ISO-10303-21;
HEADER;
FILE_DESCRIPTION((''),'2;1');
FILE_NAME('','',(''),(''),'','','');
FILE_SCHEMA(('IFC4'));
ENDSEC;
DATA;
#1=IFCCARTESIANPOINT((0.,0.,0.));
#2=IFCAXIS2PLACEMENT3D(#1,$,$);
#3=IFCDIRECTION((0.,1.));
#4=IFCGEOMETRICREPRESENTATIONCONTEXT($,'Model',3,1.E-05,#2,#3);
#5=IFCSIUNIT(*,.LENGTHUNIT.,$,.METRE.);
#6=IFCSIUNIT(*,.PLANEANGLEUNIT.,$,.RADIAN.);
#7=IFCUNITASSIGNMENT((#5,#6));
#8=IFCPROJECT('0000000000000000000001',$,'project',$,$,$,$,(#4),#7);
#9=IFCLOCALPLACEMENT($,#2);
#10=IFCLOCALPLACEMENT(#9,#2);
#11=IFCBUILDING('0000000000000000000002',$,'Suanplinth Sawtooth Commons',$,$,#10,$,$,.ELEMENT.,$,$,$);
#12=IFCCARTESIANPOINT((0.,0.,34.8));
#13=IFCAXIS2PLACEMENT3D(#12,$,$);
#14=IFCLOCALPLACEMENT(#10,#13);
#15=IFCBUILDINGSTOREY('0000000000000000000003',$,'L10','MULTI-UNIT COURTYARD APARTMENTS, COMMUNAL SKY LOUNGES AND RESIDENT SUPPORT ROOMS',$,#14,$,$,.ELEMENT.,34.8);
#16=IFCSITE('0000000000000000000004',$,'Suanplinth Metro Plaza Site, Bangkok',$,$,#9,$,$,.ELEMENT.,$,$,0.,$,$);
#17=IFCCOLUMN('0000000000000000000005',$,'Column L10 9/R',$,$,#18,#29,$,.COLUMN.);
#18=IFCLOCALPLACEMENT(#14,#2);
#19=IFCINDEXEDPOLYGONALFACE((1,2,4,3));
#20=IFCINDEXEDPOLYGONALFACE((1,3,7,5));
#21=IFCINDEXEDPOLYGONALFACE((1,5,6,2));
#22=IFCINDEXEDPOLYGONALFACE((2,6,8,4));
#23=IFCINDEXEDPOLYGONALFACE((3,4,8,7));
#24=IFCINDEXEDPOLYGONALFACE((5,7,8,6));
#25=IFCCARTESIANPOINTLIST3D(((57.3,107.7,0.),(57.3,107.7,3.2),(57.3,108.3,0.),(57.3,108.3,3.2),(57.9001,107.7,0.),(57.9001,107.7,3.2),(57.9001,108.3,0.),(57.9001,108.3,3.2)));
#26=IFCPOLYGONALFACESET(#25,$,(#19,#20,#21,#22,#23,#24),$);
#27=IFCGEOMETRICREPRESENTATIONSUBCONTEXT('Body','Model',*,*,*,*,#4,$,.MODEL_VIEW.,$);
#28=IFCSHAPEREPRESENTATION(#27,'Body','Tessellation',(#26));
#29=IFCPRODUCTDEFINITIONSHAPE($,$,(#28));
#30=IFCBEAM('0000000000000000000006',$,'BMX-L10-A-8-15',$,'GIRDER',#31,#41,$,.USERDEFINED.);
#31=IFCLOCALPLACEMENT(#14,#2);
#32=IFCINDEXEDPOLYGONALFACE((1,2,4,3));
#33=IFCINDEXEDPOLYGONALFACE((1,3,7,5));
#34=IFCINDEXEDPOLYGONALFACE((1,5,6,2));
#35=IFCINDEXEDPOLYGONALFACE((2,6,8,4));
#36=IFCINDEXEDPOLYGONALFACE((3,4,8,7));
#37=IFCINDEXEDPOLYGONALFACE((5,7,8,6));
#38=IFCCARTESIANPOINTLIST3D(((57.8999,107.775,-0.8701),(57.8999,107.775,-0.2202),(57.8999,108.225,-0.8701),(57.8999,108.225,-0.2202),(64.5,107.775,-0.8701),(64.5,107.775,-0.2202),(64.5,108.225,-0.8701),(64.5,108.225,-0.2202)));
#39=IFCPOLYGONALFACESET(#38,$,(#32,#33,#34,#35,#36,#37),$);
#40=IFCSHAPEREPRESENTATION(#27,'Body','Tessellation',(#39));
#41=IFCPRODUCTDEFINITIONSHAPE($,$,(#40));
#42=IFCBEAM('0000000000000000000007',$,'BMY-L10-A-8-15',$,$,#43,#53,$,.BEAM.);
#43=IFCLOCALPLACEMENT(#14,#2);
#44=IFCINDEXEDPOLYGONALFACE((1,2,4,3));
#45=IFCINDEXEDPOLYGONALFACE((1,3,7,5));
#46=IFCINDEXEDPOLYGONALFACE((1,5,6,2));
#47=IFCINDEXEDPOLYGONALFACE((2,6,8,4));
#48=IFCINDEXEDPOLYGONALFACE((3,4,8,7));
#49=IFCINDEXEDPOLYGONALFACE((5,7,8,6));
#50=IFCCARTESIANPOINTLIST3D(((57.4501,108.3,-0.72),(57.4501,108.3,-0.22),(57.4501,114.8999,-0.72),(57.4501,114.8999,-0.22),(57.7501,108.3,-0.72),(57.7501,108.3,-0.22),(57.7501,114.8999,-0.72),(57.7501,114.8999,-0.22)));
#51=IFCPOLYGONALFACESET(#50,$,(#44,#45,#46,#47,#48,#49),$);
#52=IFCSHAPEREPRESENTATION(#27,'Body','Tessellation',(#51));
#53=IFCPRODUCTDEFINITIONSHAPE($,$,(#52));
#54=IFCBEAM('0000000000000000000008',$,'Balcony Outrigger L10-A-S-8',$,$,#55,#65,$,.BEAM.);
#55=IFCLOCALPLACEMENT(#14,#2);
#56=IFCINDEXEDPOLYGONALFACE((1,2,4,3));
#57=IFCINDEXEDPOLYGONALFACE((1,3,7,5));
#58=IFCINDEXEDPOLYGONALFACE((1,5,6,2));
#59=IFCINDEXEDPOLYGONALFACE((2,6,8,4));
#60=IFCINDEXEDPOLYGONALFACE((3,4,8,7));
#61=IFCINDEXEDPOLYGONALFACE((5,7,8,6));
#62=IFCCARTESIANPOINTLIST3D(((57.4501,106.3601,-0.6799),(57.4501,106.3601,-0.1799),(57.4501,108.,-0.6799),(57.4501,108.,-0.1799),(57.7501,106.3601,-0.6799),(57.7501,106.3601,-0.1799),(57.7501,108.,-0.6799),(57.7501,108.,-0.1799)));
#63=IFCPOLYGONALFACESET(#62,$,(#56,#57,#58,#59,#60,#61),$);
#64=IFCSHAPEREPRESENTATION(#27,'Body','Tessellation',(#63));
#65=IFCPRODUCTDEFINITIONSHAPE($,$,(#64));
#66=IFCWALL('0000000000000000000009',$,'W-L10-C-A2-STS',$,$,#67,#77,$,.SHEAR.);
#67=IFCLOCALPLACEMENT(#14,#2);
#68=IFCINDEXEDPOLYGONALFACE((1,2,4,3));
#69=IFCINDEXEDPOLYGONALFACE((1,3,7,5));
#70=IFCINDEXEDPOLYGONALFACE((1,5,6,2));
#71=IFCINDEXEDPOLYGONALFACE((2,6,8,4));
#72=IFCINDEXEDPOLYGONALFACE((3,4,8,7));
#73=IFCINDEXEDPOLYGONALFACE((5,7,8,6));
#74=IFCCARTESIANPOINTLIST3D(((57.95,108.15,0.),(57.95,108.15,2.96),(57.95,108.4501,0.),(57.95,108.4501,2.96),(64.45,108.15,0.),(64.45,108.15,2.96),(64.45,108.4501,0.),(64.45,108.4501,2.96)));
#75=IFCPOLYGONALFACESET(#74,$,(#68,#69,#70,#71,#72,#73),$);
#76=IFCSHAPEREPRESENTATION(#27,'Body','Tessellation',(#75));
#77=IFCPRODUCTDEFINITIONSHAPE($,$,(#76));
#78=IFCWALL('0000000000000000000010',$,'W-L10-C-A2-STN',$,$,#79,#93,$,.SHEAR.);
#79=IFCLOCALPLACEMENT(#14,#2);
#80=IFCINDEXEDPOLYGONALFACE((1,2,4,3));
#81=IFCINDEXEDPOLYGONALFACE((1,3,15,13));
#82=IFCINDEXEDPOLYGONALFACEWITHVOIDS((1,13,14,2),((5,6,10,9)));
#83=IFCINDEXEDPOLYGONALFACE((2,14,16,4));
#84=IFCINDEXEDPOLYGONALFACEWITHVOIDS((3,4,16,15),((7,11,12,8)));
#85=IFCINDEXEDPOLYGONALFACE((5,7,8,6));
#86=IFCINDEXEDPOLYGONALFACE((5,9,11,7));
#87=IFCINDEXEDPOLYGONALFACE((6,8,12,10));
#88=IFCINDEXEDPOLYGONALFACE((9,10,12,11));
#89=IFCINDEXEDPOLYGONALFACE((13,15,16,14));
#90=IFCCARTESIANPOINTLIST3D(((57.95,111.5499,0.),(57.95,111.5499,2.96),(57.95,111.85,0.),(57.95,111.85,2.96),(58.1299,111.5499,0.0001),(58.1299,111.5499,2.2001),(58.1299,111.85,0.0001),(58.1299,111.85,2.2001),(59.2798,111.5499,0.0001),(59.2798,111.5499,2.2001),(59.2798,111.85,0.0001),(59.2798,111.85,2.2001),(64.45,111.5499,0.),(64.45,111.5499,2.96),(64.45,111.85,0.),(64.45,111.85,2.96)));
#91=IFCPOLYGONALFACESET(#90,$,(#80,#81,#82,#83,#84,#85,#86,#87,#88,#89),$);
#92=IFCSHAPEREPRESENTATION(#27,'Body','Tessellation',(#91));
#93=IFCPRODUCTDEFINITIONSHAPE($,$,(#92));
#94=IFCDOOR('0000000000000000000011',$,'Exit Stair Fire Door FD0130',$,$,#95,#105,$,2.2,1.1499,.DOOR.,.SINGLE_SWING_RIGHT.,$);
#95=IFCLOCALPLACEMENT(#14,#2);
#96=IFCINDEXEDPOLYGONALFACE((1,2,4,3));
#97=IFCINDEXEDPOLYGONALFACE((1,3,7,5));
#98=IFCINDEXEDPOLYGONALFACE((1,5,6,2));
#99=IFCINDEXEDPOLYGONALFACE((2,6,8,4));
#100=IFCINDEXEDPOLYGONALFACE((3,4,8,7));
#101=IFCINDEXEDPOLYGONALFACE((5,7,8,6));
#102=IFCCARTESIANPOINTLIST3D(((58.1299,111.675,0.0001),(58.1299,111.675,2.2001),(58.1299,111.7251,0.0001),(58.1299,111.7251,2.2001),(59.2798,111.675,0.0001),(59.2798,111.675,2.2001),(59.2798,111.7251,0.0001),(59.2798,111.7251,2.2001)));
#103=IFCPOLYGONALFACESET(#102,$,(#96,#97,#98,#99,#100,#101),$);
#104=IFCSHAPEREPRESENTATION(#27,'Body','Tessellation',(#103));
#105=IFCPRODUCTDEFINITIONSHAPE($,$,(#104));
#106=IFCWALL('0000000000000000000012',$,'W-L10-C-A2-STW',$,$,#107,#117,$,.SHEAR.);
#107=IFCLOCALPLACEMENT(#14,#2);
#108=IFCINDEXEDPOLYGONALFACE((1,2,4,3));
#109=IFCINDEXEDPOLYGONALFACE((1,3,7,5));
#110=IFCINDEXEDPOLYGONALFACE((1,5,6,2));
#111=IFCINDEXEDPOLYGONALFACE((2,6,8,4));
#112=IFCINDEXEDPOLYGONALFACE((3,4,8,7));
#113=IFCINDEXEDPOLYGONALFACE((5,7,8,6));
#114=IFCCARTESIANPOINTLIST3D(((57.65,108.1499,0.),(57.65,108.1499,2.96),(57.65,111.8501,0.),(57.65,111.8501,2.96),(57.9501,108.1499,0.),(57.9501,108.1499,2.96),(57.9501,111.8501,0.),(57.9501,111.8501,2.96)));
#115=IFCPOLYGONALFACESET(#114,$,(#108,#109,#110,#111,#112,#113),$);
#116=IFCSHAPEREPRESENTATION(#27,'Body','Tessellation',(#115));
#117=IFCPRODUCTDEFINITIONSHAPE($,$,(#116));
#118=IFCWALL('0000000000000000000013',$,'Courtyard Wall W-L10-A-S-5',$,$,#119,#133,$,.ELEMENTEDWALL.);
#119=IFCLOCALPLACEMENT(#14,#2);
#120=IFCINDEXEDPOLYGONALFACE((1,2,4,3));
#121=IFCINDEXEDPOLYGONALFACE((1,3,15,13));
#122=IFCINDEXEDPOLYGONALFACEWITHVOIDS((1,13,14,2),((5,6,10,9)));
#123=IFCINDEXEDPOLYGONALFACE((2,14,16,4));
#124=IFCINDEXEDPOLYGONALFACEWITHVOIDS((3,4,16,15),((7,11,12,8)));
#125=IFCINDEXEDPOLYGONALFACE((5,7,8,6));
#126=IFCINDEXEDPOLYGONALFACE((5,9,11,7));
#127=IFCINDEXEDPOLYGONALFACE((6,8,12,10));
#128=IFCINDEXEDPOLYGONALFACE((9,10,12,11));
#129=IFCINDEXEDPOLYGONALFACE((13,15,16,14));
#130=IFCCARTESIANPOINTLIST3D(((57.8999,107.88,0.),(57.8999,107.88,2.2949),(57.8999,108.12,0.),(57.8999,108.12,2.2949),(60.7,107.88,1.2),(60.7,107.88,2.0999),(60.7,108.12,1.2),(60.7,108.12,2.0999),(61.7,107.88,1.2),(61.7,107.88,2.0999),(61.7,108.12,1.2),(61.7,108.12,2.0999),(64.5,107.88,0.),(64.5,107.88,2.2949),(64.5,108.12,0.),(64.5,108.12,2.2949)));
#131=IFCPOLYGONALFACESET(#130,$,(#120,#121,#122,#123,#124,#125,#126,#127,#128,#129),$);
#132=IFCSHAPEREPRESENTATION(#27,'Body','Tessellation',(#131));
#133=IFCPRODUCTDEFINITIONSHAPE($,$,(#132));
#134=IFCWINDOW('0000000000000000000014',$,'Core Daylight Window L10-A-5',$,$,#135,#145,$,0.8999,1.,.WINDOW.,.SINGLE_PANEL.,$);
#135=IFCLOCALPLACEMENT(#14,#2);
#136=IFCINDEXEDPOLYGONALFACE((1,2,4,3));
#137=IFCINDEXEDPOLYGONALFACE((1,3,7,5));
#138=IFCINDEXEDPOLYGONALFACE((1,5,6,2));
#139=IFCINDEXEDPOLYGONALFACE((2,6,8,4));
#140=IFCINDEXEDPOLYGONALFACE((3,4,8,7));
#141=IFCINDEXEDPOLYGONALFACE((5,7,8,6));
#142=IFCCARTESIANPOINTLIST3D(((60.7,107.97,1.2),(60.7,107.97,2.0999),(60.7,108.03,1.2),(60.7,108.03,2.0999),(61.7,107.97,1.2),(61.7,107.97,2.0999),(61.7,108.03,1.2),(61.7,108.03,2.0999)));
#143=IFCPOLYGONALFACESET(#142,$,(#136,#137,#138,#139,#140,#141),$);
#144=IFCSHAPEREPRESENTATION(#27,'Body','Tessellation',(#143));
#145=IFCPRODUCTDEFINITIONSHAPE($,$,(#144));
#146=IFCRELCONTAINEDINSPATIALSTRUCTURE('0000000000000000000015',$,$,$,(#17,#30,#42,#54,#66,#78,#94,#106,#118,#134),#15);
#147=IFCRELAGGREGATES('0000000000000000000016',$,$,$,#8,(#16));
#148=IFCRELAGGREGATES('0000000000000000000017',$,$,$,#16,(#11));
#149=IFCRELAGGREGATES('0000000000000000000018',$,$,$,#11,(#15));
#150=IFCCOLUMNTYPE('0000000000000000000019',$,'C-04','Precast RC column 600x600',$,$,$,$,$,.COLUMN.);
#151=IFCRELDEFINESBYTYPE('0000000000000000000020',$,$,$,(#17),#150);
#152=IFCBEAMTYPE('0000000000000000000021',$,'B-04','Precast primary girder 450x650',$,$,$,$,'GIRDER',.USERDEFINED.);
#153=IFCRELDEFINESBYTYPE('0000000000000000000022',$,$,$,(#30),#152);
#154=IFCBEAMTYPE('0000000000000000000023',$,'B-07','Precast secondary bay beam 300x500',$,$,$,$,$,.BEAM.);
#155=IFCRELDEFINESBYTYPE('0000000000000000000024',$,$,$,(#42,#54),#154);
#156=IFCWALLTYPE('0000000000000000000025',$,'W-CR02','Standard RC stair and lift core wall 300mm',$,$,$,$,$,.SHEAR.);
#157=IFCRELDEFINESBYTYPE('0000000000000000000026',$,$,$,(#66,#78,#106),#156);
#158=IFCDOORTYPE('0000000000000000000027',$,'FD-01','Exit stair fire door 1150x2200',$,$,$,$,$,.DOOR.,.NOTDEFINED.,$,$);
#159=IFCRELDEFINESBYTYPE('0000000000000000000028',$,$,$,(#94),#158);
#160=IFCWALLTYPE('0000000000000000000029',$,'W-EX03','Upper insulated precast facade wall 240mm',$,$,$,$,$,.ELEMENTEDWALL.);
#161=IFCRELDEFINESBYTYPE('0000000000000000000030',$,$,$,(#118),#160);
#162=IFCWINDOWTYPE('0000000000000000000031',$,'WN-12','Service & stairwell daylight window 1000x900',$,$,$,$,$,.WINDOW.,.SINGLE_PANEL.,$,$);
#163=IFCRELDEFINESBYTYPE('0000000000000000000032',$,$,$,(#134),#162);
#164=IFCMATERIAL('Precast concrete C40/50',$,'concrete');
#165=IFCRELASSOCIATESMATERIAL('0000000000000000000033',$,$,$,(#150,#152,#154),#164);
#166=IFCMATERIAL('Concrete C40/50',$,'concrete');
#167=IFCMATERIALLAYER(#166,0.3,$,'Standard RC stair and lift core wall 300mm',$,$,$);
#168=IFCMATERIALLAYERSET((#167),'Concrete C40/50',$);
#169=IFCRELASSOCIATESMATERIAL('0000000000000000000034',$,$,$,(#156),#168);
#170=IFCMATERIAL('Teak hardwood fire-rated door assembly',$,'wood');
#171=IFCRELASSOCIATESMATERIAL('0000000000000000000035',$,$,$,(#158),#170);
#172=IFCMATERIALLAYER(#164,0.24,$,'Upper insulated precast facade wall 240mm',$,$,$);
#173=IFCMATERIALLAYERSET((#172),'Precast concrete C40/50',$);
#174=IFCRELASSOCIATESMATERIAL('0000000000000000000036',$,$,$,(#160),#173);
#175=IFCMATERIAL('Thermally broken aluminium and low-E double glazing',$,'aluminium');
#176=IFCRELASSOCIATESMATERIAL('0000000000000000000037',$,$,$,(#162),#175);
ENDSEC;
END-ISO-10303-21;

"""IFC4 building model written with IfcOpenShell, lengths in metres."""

from ifc_helpers import new_model, si_unit, direction, frame, frame_2d, origin, origin_2d, place, context, subcontext, project, spatial, rectangle, extrude, material, layer, layer_set, material_profile, profile_set, type_object, element, fill, save


model = new_model("IFC4")

# Units and contexts
model_context = context("Model", 3, precision=1e-05, world=origin(), true_north=direction((0.0, 1.0)))
body_context = subcontext(model_context, "Body", "Model", "MODEL_VIEW")
ifc_project = project(units=[si_unit("LENGTHUNIT", "METRE"), si_unit("PLANEANGLEUNIT", "RADIAN")], contexts=[model_context])

# Site, building, storey
site_placement = place(None, origin())
site = spatial("IfcSite", under=ifc_project, at=site_placement, Name="Suanplinth Metro Plaza Site, Bangkok", CompositionType="ELEMENT", RefElevation=0.0)
building_placement = place(site_placement, origin())
building = spatial("IfcBuilding", under=site, at=building_placement, Name="Suanplinth Sawtooth Commons", CompositionType="ELEMENT")
storey_placement = place(building_placement, frame((0.0, 0.0, 34.8)))
storey = spatial("IfcBuildingStorey", under=building, at=storey_placement, Name="L10", Description="MULTI-UNIT COURTYARD APARTMENTS, COMMUNAL SKY LOUNGES AND RESIDENT SUPPORT ROOMS", CompositionType="ELEMENT", Elevation=34.8)

# Column
ifc_material_1 = material(Name="Precast concrete C40/50", Category="concrete")
ifc_material_profile_1 = material_profile(ifc_material_1, rectangle(XDim=0.6001, YDim=0.6001, at=origin_2d()), Name="PC-COL 600x600")
ifc_profile_set_1 = profile_set([ifc_material_profile_1], Name="Precast concrete C40/50")
column_type = type_object("IfcColumnType", Name="C-04", Description="Precast RC column 600x600", PredefinedType="COLUMN", material=ifc_profile_set_1)
column_placement = place(storey_placement, frame((57.6001, 108.0, 0.0), z_axis=(0.0, 0.0, 1.0), x_axis=(1.0, 0.0, 0.0)))
element("IfcColumn", 1, at=column_placement, inside=storey, type_object=column_type, Name="Column L10 9/R", PredefinedType="COLUMN", context=body_context, shape_type="SweptSolid", body=[
    extrude(rectangle(XDim=0.6001, YDim=0.6001, at=origin_2d()), origin(), (0.0, 0.0, 1.0), 3.2),
])

# Beams
ifc_material_profile_2 = material_profile(ifc_material_1, rectangle(XDim=0.45, YDim=0.6499, at=origin_2d()), Name="PC-GDR 450x650")
ifc_profile_set_2 = profile_set([ifc_material_profile_2], Name="Precast concrete C40/50")
beam_type_1 = type_object("IfcBeamType", Name="B-04", Description="Precast primary girder 450x650", ElementType="GIRDER", PredefinedType="USERDEFINED", material=ifc_profile_set_2)
beam_1_placement = place(storey_placement, frame((57.8999, 108.0, -0.5452), z_axis=(1.0, 0.0, 0.0), x_axis=(0.0, 1.0, 0.0)))
element("IfcBeam", 2, at=beam_1_placement, inside=storey, type_object=beam_type_1, Name="BMX-L10-A-8-15", ObjectType="GIRDER", PredefinedType="USERDEFINED", context=body_context, shape_type="SweptSolid", body=[
    extrude(rectangle(XDim=0.45, YDim=0.6499, at=origin_2d()), origin(), (0.0, 0.0, 1.0), 6.6001),
])
ifc_material_profile_3 = material_profile(ifc_material_1, rectangle(XDim=0.3, YDim=0.5, at=origin_2d()), Name="PC-BM 300x500")
ifc_profile_set_3 = profile_set([ifc_material_profile_3], Name="Precast concrete C40/50")
beam_type_2 = type_object("IfcBeamType", Name="B-07", Description="Precast secondary bay beam 300x500", PredefinedType="BEAM", material=ifc_profile_set_3)
beam_2_placement = place(storey_placement, frame((57.6001, 108.3, -0.47), z_axis=(0.0, 1.0, 0.0), x_axis=(-1.0, 0.0, 0.0)))
element("IfcBeam", 3, at=beam_2_placement, inside=storey, type_object=beam_type_2, Name="BMY-L10-A-8-15", PredefinedType="BEAM", context=body_context, shape_type="SweptSolid", body=[
    extrude(rectangle(XDim=0.3, YDim=0.5, at=origin_2d()), origin(), (0.0, 0.0, 1.0), 6.5999),
])
beam_3_placement = place(storey_placement, frame((57.6001, 108.0, -0.4299), z_axis=(0.0, -1.0, 0.0), x_axis=(1.0, 0.0, 0.0)))
element("IfcBeam", 4, at=beam_3_placement, inside=storey, type_object=beam_type_2, Name="Balcony Outrigger L10-A-S-8", PredefinedType="BEAM", context=body_context, shape_type="SweptSolid", body=[
    extrude(rectangle(XDim=0.3, YDim=0.5, at=origin_2d()), origin(), (0.0, 0.0, 1.0), 1.6399),
])

# Wall
ifc_material_2 = material(Name="Concrete C40/50", Category="concrete")
ifc_layer_1 = layer(ifc_material_2, 0.3, Name="Standard RC stair and lift core wall 300mm")
ifc_layer_set_1 = layer_set([ifc_layer_1], Name="Concrete C40/50")
wall_type_1 = type_object("IfcWallType", Name="W-CR02", Description="Standard RC stair and lift core wall 300mm", PredefinedType="SHEAR", material=ifc_layer_set_1)
wall_1_placement = place(storey_placement, frame((57.95, 108.3, 0.0), z_axis=(0.0, 0.0, 1.0), x_axis=(1.0, 0.0, 0.0)))
element("IfcWall", 5, at=wall_1_placement, inside=storey, type_object=wall_type_1, Name="W-L10-C-A2-STS", PredefinedType="SHEAR", context=body_context, shape_type="SweptSolid", body=[
    extrude(rectangle(XDim=6.5, YDim=0.3, at=frame_2d((3.25, 0.0))), origin(), (0.0, 0.0, 1.0), 2.96),
])

# Wall, opening, door
wall_2_placement = place(storey_placement, frame((57.95, 111.7, 0.0), z_axis=(0.0, 0.0, 1.0), x_axis=(1.0, 0.0, 0.0)))
wall_2 = element("IfcWall", 6, at=wall_2_placement, inside=storey, type_object=wall_type_1, Name="W-L10-C-A2-STN", PredefinedType="SHEAR", context=body_context, shape_type="SweptSolid", body=[
    extrude(rectangle(XDim=6.5, YDim=0.3, at=frame_2d((3.25, 0.0))), origin(), (0.0, 0.0, 1.0), 2.96),
])
opening_1_placement = place(wall_2_placement, frame((0.1799, 0.0, 0.0)))
opening_1 = element("IfcOpeningElement", 7, at=opening_1_placement, cuts=wall_2, PredefinedType="OPENING", context=body_context, shape_type="SweptSolid", body=[
    extrude(rectangle(XDim=1.1499, YDim=2.2, at=frame_2d((0.575, 1.1001))), frame((0.0, 0.165, 0.0), z_axis=(0.0, -1.0, 0.0), x_axis=(1.0, 0.0, 0.0)), (0.0, 0.0, 1.0), 0.3298),
])
ifc_material_3 = material(Name="Teak hardwood fire-rated door assembly", Category="wood")
door_type_1 = type_object("IfcDoorType", Name="FD-01", Description="Exit stair fire door 1150x2200", OperationType="NOTDEFINED", PredefinedType="DOOR", material=ifc_material_3)
door_1_placement = place(opening_1_placement, frame((1.1499, 0.0, 0.0), z_axis=(0.0, 0.0, 1.0), x_axis=(-1.0, 0.0, 0.0)))
door_1 = element("IfcDoor", 8, at=door_1_placement, inside=storey, type_object=door_type_1, Name="Exit Stair Fire Door FD0130", OperationType="SINGLE_SWING_RIGHT", OverallHeight=2.2, OverallWidth=1.1499, PredefinedType="DOOR", context=body_context, shape_type="SweptSolid", body=[
    extrude(rectangle(XDim=1.1499, YDim=2.2, at=frame_2d((0.575, 1.1001))), frame((0.0, 0.0249, 0.0), z_axis=(0.0, -1.0, 0.0), x_axis=(1.0, 0.0, 0.0)), (0.0, 0.0, 1.0), 0.05),
])
fill(opening_1, door_1)

# Wall
wall_3_placement = place(storey_placement, frame((57.8, 108.1499, 0.0), z_axis=(0.0, 0.0, 1.0), x_axis=(0.0, 1.0, 0.0)))
element("IfcWall", 9, at=wall_3_placement, inside=storey, type_object=wall_type_1, Name="W-L10-C-A2-STW", PredefinedType="SHEAR", context=body_context, shape_type="SweptSolid", body=[
    extrude(rectangle(XDim=3.7002, YDim=0.3, at=frame_2d((1.8501, 0.0))), origin(), (0.0, 0.0, 1.0), 2.96),
])

# Wall, opening, window
ifc_layer_2 = layer(ifc_material_1, 0.24, Name="Upper insulated precast facade wall 240mm")
ifc_layer_set_2 = layer_set([ifc_layer_2], Name="Precast concrete C40/50")
wall_type_2 = type_object("IfcWallType", Name="W-EX03", Description="Upper insulated precast facade wall 240mm", PredefinedType="ELEMENTEDWALL", material=ifc_layer_set_2)
wall_4_placement = place(storey_placement, frame((57.8999, 108.0, 0.0), z_axis=(0.0, 0.0, 1.0), x_axis=(1.0, 0.0, 0.0)))
wall_4 = element("IfcWall", 10, at=wall_4_placement, inside=storey, type_object=wall_type_2, Name="Courtyard Wall W-L10-A-S-5", PredefinedType="ELEMENTEDWALL", context=body_context, shape_type="SweptSolid", body=[
    extrude(rectangle(XDim=6.6001, YDim=0.24, at=frame_2d((3.3, 0.0))), origin(), (0.0, 0.0, 1.0), 2.2949),
])
opening_2_placement = place(wall_4_placement, frame((2.8, 0.0, 1.2)))
opening_2 = element("IfcOpeningElement", 11, at=opening_2_placement, cuts=wall_4, PredefinedType="OPENING", context=body_context, shape_type="SweptSolid", body=[
    extrude(rectangle(XDim=1.0, YDim=0.8999, at=frame_2d((0.5, 0.45))), frame((0.0, 0.1348, 0.0), z_axis=(0.0, -1.0, 0.0), x_axis=(1.0, 0.0, 0.0)), (0.0, 0.0, 1.0), 0.2698),
])
ifc_material_4 = material(Name="Thermally broken aluminium and low-E double glazing", Category="aluminium")
window_type = type_object("IfcWindowType", Name="WN-12", Description="Service & stairwell daylight window 1000x900", PartitioningType="SINGLE_PANEL", PredefinedType="WINDOW", material=ifc_material_4)
window_placement = place(opening_2_placement, origin())
window = element("IfcWindow", 12, at=window_placement, inside=storey, type_object=window_type, Name="Core Daylight Window L10-A-5", OverallHeight=0.8999, OverallWidth=1.0, PartitioningType="SINGLE_PANEL", PredefinedType="WINDOW", context=body_context, shape_type="SweptSolid", body=[
    extrude(rectangle(XDim=1.0, YDim=0.8999, at=frame_2d((0.5, 0.45))), frame((0.0, 0.03, 0.0), z_axis=(0.0, -1.0, 0.0), x_axis=(1.0, 0.0, 0.0)), (0.0, 0.0, 1.0), 0.0601),
])
fill(opening_2, window)

save(model, "model.ifc")
